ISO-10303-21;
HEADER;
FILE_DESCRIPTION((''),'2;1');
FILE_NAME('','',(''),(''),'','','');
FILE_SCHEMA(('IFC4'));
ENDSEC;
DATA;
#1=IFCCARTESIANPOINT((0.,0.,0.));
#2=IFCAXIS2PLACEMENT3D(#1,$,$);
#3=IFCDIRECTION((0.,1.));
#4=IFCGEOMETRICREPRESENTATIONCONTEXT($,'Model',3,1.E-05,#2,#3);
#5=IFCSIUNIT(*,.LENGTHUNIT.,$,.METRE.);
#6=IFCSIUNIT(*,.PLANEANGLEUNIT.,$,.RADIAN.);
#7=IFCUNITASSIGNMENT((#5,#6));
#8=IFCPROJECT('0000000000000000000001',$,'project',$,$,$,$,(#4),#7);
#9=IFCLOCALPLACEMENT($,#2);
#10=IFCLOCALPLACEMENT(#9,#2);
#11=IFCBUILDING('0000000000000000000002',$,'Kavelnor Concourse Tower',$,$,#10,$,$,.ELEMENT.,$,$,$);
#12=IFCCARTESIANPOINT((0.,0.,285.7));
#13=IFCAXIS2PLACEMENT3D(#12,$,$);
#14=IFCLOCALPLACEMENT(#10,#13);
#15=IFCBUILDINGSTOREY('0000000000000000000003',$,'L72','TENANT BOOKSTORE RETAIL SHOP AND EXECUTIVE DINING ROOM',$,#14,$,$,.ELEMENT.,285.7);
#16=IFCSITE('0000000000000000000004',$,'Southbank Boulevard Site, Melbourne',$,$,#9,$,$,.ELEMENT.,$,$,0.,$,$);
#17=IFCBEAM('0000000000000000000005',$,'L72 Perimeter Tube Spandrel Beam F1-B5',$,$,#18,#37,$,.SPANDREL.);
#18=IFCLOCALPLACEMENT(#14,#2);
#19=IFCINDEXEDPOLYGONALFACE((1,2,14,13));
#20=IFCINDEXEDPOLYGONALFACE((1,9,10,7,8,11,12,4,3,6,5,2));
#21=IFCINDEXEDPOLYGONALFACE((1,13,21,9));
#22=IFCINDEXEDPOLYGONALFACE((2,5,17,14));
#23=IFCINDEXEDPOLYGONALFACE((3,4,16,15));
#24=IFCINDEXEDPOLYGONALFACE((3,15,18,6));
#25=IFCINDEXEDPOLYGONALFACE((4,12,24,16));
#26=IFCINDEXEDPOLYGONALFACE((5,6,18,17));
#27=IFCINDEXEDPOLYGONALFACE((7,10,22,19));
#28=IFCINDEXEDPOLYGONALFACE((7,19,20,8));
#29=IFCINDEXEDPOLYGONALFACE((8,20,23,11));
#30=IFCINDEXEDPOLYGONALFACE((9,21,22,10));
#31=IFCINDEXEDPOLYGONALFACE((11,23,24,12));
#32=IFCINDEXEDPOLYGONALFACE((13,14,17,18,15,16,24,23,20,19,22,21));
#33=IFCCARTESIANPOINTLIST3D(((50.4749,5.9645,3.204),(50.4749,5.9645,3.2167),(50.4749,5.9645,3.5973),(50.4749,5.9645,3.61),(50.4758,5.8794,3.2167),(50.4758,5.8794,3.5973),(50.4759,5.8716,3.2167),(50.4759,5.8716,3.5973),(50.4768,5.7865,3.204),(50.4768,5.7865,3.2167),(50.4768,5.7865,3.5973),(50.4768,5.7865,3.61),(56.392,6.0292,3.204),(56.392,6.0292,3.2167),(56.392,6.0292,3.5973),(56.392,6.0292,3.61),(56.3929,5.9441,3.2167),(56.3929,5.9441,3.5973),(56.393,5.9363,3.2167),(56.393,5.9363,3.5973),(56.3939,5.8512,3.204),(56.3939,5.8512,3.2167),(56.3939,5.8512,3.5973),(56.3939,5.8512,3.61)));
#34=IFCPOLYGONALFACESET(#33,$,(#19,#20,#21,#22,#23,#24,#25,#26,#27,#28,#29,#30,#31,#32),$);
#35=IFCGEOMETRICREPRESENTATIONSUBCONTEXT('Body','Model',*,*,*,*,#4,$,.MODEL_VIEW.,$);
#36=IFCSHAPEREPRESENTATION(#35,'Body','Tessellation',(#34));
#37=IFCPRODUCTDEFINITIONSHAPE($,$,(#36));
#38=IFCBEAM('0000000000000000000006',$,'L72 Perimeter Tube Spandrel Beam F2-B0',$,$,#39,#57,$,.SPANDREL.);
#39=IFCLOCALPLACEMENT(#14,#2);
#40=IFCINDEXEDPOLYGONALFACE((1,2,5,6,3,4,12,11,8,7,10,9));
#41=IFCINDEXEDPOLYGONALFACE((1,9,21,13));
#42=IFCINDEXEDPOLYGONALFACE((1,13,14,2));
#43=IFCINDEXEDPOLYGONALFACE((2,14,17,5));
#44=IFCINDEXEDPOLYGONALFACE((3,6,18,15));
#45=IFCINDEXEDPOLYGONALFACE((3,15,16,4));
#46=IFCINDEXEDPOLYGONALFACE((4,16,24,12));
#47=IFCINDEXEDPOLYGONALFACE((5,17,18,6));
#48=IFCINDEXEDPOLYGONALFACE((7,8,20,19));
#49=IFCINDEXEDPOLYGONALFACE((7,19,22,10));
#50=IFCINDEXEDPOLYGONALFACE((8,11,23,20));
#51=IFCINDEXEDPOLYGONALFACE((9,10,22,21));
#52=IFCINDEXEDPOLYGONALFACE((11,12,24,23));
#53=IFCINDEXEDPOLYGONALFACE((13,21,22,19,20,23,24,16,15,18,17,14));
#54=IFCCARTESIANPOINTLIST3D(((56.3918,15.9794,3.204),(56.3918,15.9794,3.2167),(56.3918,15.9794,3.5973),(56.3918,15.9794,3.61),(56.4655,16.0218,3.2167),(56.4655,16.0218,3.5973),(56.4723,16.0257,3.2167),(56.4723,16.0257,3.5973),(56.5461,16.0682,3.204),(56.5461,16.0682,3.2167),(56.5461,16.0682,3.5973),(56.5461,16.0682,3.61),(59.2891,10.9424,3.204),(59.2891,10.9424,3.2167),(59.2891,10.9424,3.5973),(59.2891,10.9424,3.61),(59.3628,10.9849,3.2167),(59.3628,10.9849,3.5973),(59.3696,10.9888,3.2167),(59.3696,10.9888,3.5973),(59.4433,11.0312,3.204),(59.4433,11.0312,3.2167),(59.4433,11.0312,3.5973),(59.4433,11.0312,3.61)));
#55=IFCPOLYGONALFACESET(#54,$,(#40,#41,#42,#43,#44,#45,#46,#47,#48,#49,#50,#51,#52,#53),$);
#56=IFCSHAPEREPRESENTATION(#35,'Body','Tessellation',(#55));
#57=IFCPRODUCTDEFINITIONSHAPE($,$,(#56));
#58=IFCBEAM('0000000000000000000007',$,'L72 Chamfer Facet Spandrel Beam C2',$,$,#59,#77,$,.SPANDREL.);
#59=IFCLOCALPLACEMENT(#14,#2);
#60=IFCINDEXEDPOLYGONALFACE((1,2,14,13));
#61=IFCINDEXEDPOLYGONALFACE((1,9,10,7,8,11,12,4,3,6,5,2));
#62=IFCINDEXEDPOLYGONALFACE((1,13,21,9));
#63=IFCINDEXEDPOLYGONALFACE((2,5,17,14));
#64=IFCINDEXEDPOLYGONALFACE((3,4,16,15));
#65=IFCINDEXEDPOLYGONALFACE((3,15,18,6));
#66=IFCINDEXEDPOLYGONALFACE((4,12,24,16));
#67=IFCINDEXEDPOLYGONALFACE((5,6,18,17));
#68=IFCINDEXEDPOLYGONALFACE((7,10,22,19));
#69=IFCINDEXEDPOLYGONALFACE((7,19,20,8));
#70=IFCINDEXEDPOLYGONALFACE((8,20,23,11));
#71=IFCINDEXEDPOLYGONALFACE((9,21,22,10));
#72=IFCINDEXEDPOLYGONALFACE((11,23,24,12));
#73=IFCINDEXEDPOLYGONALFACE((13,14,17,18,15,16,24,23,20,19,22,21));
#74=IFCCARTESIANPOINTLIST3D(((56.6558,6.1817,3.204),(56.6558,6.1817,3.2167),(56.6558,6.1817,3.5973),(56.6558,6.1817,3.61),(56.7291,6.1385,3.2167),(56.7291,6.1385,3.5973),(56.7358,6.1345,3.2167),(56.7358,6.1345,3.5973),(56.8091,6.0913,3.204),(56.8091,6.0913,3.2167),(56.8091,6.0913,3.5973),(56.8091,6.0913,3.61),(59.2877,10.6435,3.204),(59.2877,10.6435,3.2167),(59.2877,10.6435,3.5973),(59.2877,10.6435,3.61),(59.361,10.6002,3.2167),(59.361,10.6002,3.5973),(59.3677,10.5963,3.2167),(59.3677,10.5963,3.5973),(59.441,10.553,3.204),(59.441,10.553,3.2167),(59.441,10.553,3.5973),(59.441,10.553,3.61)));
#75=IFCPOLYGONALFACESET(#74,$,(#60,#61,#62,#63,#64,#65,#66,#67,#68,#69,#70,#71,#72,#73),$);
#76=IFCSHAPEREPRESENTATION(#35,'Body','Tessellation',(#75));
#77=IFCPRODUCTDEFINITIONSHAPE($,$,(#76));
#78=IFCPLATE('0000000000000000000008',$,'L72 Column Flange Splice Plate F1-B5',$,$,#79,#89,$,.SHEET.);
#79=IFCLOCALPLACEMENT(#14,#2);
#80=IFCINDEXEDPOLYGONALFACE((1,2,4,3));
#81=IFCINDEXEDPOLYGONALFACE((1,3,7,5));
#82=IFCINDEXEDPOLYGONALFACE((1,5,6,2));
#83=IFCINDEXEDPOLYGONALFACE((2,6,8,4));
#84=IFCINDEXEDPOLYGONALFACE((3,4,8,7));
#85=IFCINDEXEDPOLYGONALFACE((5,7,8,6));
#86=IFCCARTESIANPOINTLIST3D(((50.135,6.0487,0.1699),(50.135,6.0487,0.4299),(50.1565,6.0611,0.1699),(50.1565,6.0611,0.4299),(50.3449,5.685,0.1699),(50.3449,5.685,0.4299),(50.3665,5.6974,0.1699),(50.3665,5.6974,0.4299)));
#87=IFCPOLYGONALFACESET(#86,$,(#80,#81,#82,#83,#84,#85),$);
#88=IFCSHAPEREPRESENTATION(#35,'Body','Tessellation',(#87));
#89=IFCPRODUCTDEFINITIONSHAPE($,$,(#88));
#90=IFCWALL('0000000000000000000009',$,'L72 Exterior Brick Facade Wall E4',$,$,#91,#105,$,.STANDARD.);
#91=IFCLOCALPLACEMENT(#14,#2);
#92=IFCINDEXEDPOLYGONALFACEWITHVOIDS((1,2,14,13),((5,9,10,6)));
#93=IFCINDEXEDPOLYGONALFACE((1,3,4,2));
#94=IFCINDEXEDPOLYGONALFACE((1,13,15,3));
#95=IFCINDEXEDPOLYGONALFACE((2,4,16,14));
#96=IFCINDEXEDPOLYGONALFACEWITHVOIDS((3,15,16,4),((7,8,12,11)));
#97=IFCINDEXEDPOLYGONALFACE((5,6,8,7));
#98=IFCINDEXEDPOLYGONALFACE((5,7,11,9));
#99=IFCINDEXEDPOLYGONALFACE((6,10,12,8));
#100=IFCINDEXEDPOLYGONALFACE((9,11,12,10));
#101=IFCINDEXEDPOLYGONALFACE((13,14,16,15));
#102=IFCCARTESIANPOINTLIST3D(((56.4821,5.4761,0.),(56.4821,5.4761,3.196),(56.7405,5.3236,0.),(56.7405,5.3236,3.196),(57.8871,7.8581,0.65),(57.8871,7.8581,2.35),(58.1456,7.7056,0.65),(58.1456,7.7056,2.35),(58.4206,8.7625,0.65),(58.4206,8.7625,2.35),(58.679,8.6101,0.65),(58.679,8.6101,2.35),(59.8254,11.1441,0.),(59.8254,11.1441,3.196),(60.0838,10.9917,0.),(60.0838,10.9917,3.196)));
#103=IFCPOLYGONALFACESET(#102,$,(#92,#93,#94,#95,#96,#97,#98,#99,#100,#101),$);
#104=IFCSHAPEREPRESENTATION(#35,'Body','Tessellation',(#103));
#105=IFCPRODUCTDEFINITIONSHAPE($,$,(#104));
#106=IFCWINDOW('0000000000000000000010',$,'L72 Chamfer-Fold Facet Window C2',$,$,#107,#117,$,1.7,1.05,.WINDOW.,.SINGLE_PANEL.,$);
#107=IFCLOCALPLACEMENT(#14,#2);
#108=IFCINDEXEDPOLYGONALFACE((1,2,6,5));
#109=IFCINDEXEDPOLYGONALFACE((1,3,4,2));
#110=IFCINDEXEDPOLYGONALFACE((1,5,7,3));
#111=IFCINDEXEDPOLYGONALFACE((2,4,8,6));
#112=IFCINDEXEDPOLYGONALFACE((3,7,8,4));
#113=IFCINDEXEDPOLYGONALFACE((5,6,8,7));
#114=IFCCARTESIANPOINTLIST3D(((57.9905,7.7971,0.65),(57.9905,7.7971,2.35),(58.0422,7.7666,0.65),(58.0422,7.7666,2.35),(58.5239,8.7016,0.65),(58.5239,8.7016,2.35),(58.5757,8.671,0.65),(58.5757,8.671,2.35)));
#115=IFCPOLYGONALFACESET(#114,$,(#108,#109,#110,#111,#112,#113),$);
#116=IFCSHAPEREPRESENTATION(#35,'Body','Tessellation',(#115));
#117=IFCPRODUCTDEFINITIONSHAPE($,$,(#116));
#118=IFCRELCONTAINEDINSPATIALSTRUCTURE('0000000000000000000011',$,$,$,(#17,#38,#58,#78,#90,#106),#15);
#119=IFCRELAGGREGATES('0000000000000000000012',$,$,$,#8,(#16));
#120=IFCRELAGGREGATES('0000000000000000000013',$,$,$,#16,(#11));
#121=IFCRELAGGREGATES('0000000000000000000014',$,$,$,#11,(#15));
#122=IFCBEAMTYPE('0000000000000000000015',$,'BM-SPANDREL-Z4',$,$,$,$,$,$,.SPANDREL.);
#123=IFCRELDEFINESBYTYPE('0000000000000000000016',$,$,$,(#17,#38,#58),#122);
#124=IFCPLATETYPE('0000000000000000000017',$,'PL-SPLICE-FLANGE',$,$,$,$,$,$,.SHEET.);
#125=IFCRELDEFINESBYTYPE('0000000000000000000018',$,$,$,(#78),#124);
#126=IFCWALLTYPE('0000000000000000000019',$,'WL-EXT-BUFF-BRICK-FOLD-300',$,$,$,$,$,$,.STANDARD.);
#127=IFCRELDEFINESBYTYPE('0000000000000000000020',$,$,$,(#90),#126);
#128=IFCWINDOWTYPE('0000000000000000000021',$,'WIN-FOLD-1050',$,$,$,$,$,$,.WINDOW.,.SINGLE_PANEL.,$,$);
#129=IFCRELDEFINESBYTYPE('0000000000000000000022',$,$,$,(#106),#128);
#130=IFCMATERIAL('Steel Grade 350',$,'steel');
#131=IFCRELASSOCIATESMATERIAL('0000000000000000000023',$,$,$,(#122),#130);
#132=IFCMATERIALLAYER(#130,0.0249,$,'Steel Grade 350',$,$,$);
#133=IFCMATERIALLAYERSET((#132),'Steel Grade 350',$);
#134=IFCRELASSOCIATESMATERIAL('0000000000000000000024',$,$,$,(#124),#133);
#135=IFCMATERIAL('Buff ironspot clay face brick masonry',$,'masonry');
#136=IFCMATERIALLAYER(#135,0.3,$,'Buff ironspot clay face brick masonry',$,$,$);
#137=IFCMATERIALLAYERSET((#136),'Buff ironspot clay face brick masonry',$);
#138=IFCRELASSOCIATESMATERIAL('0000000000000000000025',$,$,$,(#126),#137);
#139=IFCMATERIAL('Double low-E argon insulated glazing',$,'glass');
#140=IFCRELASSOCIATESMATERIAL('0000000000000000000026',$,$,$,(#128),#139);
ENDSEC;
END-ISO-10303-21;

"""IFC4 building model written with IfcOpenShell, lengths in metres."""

from ifc_helpers import new_model, si_unit, direction, frame, frame_2d, origin, origin_2d, place, context, subcontext, project, spatial, rectangle, i_section, extrude, material, layer, layer_set, material_profile, profile_set, type_object, element, fill, save


model = new_model("IFC4")

# Units and contexts
model_context = context("Model", 3, precision=1e-05, world=origin(), true_north=direction((0.0, 1.0)))
body_context = subcontext(model_context, "Body", "Model", "MODEL_VIEW")
ifc_project = project(units=[si_unit("LENGTHUNIT", "METRE"), si_unit("PLANEANGLEUNIT", "RADIAN")], contexts=[model_context])

# Site, building, storey
site_placement = place(None, origin())
site = spatial("IfcSite", under=ifc_project, at=site_placement, Name="Southbank Boulevard Site, Melbourne", CompositionType="ELEMENT", RefElevation=0.0)
building_placement = place(site_placement, origin())
building = spatial("IfcBuilding", under=site, at=building_placement, Name="Kavelnor Concourse Tower", CompositionType="ELEMENT")
storey_placement = place(building_placement, frame((0.0, 0.0, 285.7)))
storey = spatial("IfcBuildingStorey", under=building, at=storey_placement, Name="L72", Description="TENANT BOOKSTORE RETAIL SHOP AND EXECUTIVE DINING ROOM", CompositionType="ELEMENT", Elevation=285.7)

# Shared definitions
ifc_material_1 = material(Name="Steel Grade 350", Category="steel")

# Beams
ifc_material_profile_1 = material_profile(ifc_material_1, i_section(OverallWidth=0.178, OverallDepth=0.406, WebThickness=0.0078, FlangeThickness=0.0127, at=origin_2d()), Name="410UB59")
ifc_profile_set_1 = profile_set([ifc_material_profile_1], Name="Steel Grade 350")
beam_type_1 = type_object("IfcBeamType", Name="BM-SPANDREL-Z4", PredefinedType="SPANDREL", material=ifc_profile_set_1)
beam_1_placement = place(storey_placement, frame((50.4758, 5.8755, 3.407), z_axis=(0.99994, 0.010933, 0.0), x_axis=(-0.010933, 0.99994, 0.0)))
element("IfcBeam", 1, at=beam_1_placement, inside=storey, type_object=beam_type_1, Name="L72 Perimeter Tube Spandrel Beam F1-B5", PredefinedType="SPANDREL", context=body_context, shape_type="SweptSolid", body=[
    extrude(i_section(OverallWidth=0.178, OverallDepth=0.406, WebThickness=0.0078, FlangeThickness=0.0127, at=origin_2d()), origin(), (0.0, 0.0, 1.0), 5.9175),
])
beam_2_placement = place(storey_placement, frame((59.3662, 10.9868, 3.407), z_axis=(-0.498603, 0.86683, 0.0), x_axis=(-0.86683, -0.498603, 0.0)))
element("IfcBeam", 2, at=beam_2_placement, inside=storey, type_object=beam_type_1, Name="L72 Perimeter Tube Spandrel Beam F2-B0", PredefinedType="SPANDREL", context=body_context, shape_type="SweptSolid", body=[
    extrude(i_section(OverallWidth=0.178, OverallDepth=0.406, WebThickness=0.0078, FlangeThickness=0.0127, at=origin_2d()), origin(), (0.0, 0.0, 1.0), 5.8108),
])
beam_3_placement = place(storey_placement, frame((56.7324, 6.1365, 3.407), z_axis=(0.50807, 0.861316, 0.0), x_axis=(-0.861316, 0.50807, 0.0)))
element("IfcBeam", 3, at=beam_3_placement, inside=storey, type_object=beam_type_1, Name="L72 Chamfer Facet Spandrel Beam C2", PredefinedType="SPANDREL", context=body_context, shape_type="SweptSolid", body=[
    extrude(i_section(OverallWidth=0.178, OverallDepth=0.406, WebThickness=0.0078, FlangeThickness=0.0127, at=origin_2d()), origin(), (0.0, 0.0, 1.0), 5.1802),
])

# Plate
ifc_layer_1 = layer(ifc_material_1, 0.0249, Name="Steel Grade 350")
ifc_layer_set_1 = layer_set([ifc_layer_1], Name="Steel Grade 350")
plate_type = type_object("IfcPlateType", Name="PL-SPLICE-FLANGE", PredefinedType="SHEET", material=ifc_layer_set_1)
plate_placement = place(storey_placement, frame((50.2507, 5.873, 0.1699), z_axis=(0.0, 0.0, 1.0), x_axis=(-0.5, 0.866025, 0.0)))
element("IfcPlate", 4, at=plate_placement, inside=storey, type_object=plate_type, Name="L72 Column Flange Splice Plate F1-B5", PredefinedType="SHEET", context=body_context, shape_type="SweptSolid", body=[
    extrude(rectangle(XDim=0.4199, YDim=0.0249, at=origin_2d()), origin(), (0.0, 0.0, 1.0), 0.26),
])

# Wall, opening, window
ifc_material_2 = material(Name="Buff ironspot clay face brick masonry", Category="masonry")
ifc_layer_2 = layer(ifc_material_2, 0.3, Name="Buff ironspot clay face brick masonry")
ifc_layer_set_2 = layer_set([ifc_layer_2], Name="Buff ironspot clay face brick masonry")
wall_type_1 = type_object("IfcWallType", Name="WL-EXT-BUFF-BRICK-FOLD-300", PredefinedType="STANDARD", material=ifc_layer_set_2)
wall_1_placement = place(storey_placement, frame((59.9546, 11.0679, 0.0), z_axis=(0.0, 0.0, 1.0), x_axis=(-0.508054, -0.861325, 0.0)))
wall_1 = element("IfcWall", 5, at=wall_1_placement, inside=storey, type_object=wall_type_1, Name="L72 Exterior Brick Facade Wall E4", PredefinedType="STANDARD", context=body_context, shape_type="SweptSolid", body=[
    extrude(rectangle(XDim=6.5806, YDim=0.3, at=frame_2d((3.2903, 0.0))), origin(), (0.0, 0.0, 1.0), 3.196),
])
opening_1_placement = place(wall_1_placement, frame((2.7651, 0.0, 0.6499)))
opening_1 = element("IfcOpeningElement", 6, at=opening_1_placement, cuts=wall_1, PredefinedType="OPENING", context=body_context, shape_type="SweptSolid", body=[
    extrude(rectangle(XDim=1.05, YDim=1.7, at=frame_2d((0.5249, 0.8501))), frame((0.0, 0.1602, 0.0), z_axis=(0.0, -1.0, 0.0), x_axis=(1.0, 0.0, 0.0)), (0.0, 0.0, 1.0), 0.3201),
])
ifc_material_3 = material(Name="Double low-E argon insulated glazing", Category="glass")
window_type_1 = type_object("IfcWindowType", Name="WIN-FOLD-1050", PartitioningType="SINGLE_PANEL", PredefinedType="WINDOW", material=ifc_material_3)
window_1_placement = place(opening_1_placement, origin())
window_1 = element("IfcWindow", 7, at=window_1_placement, inside=storey, type_object=window_type_1, Name="L72 Chamfer-Fold Facet Window C2", OverallHeight=1.7, OverallWidth=1.05, PartitioningType="SINGLE_PANEL", PredefinedType="WINDOW", context=body_context, shape_type="SweptSolid", body=[
    extrude(rectangle(XDim=1.05, YDim=1.7, at=frame_2d((0.5249, 0.8501))), frame((0.0, 0.03, 0.0), z_axis=(0.0, -1.0, 0.0), x_axis=(1.0, 0.0, 0.0)), (0.0, 0.0, 1.0), 0.0601),
])
fill(opening_1, window_1)

save(model, "model.ifc")
